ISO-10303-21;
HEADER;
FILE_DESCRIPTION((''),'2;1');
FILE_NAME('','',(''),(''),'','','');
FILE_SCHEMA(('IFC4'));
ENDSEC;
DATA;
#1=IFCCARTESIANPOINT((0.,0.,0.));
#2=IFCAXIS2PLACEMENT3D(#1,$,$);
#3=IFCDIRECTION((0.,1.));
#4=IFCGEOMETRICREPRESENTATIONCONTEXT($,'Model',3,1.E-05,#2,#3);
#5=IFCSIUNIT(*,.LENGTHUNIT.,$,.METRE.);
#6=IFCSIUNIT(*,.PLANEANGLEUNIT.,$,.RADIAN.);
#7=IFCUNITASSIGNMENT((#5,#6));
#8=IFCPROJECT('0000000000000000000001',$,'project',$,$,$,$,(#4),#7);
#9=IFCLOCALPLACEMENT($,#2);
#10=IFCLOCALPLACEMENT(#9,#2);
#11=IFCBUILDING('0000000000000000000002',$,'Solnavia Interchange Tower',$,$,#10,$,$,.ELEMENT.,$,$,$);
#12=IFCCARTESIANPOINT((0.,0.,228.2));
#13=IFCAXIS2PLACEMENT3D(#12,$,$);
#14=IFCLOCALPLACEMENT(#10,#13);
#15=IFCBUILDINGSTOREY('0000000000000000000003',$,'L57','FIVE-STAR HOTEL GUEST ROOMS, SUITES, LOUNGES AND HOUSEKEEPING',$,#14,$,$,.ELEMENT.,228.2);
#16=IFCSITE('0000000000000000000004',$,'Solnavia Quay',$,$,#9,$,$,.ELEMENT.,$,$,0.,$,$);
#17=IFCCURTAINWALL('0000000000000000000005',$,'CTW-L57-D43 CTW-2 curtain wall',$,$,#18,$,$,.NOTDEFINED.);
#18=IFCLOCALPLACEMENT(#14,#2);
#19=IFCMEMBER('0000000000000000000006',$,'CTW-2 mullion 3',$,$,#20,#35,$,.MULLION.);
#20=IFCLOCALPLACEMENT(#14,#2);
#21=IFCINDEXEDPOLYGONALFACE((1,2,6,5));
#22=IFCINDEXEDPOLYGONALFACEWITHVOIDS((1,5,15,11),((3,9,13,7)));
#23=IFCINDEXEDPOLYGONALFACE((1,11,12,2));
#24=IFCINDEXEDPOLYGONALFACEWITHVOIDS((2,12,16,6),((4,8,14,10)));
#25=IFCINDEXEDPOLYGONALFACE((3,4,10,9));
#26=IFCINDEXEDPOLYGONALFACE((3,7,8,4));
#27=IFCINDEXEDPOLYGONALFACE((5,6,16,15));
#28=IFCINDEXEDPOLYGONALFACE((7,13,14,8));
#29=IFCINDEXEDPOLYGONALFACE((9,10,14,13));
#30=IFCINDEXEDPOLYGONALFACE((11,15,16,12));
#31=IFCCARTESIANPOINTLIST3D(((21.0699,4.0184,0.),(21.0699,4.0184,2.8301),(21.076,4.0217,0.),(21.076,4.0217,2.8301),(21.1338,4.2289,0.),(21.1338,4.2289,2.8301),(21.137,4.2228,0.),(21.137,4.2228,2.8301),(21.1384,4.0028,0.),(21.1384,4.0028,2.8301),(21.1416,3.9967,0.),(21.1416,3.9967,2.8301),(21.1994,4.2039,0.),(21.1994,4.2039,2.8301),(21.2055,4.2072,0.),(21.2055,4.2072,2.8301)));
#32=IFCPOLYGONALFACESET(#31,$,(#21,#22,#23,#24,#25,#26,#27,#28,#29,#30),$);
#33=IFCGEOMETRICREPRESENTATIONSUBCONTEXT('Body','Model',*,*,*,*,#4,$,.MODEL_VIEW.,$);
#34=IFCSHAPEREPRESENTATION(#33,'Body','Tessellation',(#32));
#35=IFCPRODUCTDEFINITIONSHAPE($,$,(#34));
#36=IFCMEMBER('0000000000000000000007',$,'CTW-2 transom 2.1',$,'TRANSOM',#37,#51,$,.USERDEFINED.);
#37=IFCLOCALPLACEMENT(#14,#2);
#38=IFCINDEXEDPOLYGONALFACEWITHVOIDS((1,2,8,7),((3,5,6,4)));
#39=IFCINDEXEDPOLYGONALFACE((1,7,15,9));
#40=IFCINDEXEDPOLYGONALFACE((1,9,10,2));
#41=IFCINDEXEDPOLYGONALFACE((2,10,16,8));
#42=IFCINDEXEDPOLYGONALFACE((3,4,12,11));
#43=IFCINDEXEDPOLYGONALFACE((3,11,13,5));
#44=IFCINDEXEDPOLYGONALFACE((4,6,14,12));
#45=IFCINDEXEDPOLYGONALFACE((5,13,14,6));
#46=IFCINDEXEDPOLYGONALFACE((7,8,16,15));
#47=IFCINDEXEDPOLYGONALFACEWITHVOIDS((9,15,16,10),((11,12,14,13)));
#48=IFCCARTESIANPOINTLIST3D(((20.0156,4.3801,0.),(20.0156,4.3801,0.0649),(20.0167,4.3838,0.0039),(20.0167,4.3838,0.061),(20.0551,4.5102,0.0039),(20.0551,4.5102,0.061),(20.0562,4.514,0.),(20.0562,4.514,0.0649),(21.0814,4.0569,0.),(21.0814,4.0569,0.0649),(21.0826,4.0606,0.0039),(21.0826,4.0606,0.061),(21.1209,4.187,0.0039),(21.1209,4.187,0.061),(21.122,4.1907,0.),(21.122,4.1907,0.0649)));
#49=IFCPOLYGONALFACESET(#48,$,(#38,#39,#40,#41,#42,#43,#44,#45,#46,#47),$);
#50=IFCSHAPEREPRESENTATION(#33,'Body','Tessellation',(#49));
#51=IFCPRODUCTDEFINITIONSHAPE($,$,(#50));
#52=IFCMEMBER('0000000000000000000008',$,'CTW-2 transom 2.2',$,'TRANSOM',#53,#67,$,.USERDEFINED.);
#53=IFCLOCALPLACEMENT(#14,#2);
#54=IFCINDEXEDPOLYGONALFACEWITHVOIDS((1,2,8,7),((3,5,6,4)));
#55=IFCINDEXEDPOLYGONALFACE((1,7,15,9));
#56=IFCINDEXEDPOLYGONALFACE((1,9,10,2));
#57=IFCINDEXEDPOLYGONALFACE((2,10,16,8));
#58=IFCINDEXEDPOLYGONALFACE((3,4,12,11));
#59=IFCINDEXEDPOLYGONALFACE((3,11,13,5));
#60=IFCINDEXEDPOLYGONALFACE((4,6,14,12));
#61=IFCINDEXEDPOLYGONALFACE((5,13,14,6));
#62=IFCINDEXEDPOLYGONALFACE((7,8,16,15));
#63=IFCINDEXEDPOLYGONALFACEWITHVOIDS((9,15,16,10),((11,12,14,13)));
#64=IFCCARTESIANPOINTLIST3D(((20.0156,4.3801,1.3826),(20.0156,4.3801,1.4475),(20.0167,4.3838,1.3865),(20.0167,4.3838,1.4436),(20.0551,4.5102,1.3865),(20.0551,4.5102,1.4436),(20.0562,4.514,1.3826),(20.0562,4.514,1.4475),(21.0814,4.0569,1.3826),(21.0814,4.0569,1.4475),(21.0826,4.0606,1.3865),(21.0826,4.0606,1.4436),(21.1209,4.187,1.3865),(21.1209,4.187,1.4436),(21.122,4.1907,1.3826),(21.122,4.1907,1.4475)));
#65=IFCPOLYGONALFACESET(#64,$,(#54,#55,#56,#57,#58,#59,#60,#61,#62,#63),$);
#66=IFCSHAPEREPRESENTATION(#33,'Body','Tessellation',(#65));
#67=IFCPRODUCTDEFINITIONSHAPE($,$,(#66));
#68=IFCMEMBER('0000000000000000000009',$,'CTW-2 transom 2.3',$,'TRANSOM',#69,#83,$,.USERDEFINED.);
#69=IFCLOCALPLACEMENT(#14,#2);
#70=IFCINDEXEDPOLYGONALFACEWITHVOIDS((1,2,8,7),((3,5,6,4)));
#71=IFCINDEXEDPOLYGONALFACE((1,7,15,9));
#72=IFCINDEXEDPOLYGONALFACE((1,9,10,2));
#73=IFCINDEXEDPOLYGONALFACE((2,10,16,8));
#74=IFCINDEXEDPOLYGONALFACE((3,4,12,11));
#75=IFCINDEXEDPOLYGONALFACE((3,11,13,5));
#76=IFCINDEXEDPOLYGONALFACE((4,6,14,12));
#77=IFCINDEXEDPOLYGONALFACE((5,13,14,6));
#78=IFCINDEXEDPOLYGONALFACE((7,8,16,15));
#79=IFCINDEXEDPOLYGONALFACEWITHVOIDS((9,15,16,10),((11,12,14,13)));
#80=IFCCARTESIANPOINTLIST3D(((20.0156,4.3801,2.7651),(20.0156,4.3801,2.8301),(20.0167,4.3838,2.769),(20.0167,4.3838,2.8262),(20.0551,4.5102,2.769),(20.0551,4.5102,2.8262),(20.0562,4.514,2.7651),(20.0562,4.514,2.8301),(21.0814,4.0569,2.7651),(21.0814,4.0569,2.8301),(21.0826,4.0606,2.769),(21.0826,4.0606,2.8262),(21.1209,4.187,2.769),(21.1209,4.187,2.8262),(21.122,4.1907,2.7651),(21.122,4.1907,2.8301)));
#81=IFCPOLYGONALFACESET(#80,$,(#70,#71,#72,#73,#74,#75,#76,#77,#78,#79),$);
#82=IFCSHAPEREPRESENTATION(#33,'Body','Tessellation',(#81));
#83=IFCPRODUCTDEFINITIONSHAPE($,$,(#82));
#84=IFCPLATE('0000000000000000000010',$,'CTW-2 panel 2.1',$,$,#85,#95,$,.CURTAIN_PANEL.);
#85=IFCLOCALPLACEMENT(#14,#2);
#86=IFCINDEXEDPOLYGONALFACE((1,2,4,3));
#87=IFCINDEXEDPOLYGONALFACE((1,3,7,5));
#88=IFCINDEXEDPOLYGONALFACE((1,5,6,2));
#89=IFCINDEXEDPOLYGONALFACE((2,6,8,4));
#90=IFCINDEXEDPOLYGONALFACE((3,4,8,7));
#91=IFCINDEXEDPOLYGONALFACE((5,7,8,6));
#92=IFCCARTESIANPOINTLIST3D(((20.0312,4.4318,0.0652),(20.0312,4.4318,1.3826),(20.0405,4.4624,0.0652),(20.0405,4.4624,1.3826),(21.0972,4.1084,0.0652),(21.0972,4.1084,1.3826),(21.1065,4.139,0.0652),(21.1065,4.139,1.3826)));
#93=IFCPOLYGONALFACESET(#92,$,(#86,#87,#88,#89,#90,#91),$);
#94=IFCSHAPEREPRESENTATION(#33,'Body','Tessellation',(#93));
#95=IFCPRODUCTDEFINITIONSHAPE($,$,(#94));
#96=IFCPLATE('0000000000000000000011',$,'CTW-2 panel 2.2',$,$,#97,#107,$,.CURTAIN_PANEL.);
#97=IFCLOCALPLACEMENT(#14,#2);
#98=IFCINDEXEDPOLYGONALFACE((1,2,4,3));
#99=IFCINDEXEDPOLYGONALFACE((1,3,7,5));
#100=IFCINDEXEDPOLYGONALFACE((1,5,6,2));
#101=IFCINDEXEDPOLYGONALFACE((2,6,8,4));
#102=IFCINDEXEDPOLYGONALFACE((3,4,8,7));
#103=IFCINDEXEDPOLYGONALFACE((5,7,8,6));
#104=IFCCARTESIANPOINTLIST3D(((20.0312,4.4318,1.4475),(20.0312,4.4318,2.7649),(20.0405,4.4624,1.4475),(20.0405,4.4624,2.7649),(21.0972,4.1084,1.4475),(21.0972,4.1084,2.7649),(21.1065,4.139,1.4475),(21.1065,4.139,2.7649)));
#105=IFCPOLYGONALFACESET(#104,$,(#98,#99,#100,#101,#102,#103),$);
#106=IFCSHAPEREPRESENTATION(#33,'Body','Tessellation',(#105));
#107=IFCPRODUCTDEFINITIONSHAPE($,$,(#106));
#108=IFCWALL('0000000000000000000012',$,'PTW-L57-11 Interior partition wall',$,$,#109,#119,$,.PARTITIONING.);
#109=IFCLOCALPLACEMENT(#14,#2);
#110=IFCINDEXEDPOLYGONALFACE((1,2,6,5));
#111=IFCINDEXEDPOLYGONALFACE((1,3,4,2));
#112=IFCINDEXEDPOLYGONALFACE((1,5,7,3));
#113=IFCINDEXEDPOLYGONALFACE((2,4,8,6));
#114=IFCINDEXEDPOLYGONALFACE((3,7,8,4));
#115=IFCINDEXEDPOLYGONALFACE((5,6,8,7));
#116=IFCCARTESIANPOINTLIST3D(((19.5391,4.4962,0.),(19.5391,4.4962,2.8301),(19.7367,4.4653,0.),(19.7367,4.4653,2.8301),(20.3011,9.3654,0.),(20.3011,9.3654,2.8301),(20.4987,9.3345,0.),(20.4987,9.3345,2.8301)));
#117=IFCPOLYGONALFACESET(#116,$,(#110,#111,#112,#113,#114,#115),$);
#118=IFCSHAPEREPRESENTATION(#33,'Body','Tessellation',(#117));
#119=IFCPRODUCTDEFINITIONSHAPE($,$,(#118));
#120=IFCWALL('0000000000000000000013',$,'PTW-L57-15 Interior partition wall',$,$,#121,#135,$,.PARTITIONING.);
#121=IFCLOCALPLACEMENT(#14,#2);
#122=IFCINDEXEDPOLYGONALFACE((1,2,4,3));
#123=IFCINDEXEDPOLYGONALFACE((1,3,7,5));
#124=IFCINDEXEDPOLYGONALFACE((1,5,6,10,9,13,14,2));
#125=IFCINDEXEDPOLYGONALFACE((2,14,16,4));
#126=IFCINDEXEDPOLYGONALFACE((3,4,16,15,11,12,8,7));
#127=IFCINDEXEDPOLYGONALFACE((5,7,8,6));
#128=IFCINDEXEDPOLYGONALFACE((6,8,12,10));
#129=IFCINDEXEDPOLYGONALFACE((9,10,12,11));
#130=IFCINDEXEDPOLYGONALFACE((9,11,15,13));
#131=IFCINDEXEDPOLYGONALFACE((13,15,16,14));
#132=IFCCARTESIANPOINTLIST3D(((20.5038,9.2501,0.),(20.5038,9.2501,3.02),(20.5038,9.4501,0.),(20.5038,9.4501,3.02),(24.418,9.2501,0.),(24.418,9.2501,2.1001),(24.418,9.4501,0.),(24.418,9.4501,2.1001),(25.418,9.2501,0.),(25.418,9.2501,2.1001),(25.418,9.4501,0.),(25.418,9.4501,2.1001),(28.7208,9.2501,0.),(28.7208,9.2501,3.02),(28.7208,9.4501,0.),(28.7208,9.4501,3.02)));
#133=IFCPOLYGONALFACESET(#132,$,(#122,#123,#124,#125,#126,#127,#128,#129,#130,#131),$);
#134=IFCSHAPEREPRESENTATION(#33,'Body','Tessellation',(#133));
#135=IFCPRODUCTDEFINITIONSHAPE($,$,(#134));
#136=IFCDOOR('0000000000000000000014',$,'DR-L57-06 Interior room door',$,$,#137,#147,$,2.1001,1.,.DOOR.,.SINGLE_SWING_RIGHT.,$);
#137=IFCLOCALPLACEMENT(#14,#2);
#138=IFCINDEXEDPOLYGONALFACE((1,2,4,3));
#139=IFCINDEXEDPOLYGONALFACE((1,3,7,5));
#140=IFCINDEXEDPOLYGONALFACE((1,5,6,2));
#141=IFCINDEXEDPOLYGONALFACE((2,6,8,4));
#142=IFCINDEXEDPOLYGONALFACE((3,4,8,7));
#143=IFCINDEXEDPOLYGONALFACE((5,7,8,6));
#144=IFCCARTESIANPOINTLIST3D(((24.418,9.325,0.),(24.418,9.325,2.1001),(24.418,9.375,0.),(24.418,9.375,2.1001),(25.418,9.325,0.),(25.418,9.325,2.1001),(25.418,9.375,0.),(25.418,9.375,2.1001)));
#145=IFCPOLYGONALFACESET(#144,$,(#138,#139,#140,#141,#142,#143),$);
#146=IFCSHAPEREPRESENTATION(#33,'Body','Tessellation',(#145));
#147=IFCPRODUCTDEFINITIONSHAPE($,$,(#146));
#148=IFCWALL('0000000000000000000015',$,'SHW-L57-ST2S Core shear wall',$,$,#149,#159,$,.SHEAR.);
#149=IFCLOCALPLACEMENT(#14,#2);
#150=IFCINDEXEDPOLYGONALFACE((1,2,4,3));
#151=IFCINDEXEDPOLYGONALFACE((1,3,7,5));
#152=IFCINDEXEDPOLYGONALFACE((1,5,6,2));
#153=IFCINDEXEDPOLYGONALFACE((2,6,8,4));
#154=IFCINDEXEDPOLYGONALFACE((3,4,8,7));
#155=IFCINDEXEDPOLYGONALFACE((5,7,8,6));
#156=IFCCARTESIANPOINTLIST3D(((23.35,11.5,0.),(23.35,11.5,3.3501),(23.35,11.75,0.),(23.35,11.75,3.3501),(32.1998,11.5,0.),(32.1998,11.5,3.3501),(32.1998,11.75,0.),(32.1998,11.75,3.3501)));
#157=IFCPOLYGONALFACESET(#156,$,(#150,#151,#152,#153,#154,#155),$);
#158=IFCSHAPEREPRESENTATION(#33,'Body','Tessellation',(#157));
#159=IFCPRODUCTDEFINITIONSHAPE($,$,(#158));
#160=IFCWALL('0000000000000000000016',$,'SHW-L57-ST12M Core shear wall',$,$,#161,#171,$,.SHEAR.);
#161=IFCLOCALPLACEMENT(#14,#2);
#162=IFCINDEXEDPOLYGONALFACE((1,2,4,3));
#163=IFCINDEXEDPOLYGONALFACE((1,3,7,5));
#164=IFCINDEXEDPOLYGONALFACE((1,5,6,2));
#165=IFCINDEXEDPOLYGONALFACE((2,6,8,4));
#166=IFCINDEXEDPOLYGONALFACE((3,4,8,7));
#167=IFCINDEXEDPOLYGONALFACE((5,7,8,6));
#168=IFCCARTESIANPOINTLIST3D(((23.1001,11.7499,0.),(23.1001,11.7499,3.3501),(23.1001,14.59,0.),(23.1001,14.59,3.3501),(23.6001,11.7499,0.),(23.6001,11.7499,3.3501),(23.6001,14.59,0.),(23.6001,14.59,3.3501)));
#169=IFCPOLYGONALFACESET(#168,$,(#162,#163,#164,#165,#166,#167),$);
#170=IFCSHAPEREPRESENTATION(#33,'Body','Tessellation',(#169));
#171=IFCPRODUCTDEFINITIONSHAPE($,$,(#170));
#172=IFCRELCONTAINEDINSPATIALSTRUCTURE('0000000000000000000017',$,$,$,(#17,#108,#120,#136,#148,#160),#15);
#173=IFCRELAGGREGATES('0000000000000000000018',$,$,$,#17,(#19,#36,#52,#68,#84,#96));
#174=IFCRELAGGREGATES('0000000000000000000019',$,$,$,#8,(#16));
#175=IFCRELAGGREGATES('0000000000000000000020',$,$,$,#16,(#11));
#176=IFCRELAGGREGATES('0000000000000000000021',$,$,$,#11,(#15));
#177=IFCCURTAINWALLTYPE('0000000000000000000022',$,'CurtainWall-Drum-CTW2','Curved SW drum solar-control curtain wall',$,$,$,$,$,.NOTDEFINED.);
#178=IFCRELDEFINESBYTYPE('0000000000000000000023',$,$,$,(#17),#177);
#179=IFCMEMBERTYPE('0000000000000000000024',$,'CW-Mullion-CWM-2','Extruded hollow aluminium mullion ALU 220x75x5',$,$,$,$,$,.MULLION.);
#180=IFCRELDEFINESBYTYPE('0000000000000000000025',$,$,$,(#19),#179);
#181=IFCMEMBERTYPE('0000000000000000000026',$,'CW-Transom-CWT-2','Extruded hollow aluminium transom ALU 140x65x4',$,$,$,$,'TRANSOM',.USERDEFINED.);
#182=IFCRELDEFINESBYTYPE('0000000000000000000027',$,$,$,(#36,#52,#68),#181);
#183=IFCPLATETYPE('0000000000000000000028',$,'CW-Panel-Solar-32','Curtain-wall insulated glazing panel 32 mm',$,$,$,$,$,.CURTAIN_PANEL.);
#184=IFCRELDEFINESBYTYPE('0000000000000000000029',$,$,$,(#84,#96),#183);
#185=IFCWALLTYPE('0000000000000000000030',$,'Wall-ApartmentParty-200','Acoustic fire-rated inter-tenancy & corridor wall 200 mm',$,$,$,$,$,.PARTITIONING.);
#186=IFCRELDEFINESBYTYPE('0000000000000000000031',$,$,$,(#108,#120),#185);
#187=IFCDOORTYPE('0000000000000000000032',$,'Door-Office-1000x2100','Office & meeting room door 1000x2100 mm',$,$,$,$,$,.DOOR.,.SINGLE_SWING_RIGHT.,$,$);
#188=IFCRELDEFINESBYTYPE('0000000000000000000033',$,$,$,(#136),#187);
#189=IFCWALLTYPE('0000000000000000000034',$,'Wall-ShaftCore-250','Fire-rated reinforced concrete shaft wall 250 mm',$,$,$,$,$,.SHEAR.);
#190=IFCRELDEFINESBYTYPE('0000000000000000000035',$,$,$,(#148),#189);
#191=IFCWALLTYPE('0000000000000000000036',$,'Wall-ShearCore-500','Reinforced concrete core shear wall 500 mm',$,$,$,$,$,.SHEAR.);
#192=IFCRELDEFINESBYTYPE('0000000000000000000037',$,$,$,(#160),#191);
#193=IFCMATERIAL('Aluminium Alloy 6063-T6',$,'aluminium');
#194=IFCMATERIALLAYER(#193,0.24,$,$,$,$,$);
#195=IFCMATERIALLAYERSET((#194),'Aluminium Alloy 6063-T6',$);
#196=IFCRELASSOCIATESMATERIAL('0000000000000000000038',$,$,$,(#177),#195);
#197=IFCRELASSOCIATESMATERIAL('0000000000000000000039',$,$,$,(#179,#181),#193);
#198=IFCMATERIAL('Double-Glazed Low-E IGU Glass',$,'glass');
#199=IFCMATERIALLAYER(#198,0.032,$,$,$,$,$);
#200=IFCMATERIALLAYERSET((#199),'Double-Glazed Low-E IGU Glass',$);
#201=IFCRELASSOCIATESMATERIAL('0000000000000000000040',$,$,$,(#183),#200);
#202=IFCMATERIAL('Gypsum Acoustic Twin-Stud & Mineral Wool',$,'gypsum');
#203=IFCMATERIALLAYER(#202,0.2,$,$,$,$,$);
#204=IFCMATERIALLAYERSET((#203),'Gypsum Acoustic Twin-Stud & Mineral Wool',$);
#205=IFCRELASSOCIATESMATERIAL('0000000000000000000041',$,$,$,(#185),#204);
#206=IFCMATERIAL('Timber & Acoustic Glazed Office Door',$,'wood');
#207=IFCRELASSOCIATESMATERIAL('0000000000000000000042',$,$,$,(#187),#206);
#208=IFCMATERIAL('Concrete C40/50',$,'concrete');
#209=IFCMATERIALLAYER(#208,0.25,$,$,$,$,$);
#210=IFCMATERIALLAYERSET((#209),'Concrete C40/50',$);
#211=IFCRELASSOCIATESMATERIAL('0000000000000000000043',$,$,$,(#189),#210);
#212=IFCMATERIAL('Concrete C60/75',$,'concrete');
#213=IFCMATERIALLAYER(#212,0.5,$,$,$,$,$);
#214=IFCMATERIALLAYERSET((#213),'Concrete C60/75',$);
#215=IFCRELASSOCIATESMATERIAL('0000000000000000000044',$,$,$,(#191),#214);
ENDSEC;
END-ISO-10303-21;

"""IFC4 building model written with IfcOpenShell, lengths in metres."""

from ifc_helpers import new_model, si_unit, direction, frame, frame_2d, origin, origin_2d, place, context, subcontext, project, spatial, rectangle, hollow_rectangle, extrude, material, layer, layer_set, material_profile, profile_set, type_object, element, fill, aggregate, save


model = new_model("IFC4")

# Units and contexts
model_context = context("Model", 3, precision=1e-05, world=origin(), true_north=direction((0.0, 1.0)))
body_context = subcontext(model_context, "Body", "Model", "MODEL_VIEW")
ifc_project = project(units=[si_unit("LENGTHUNIT", "METRE"), si_unit("PLANEANGLEUNIT", "RADIAN")], contexts=[model_context])

# Site, building, storey
site_placement = place(None, origin())
site = spatial("IfcSite", under=ifc_project, at=site_placement, Name="Solnavia Quay", CompositionType="ELEMENT", RefElevation=0.0)
building_placement = place(site_placement, origin())
building = spatial("IfcBuilding", under=site, at=building_placement, Name="Solnavia Interchange Tower", CompositionType="ELEMENT")
storey_placement = place(building_placement, frame((0.0, 0.0, 228.2)))
storey = spatial("IfcBuildingStorey", under=building, at=storey_placement, Name="L57", Description="FIVE-STAR HOTEL GUEST ROOMS, SUITES, LOUNGES AND HOUSEKEEPING", CompositionType="ELEMENT", Elevation=228.2)

# Curtain wall, members, plates
ifc_material_1 = material(Name="Aluminium Alloy 6063-T6", Category="aluminium")
ifc_layer_1 = layer(ifc_material_1, 0.24)
ifc_layer_set_1 = layer_set([ifc_layer_1], Name="Aluminium Alloy 6063-T6")
curtain_wall_type = type_object("IfcCurtainWallType", Name="CurtainWall-Drum-CTW2", Description="Curved SW drum solar-control curtain wall", PredefinedType="NOTDEFINED", material=ifc_layer_set_1)
curtain_wall_placement = place(storey_placement, origin())
curtain_wall = element("IfcCurtainWall", 1, at=curtain_wall_placement, inside=storey, type_object=curtain_wall_type, Name="CTW-L57-D43 CTW-2 curtain wall", PredefinedType="NOTDEFINED")
ifc_material_profile_1 = material_profile(ifc_material_1, hollow_rectangle(XDim=0.075, YDim=0.22, WallThickness=0.0049, at=origin_2d()), Name="ALU 220x75x5")
ifc_profile_set_1 = profile_set([ifc_material_profile_1], Name="Aluminium Alloy 6063-T6")
member_type_1 = type_object("IfcMemberType", Name="CW-Mullion-CWM-2", Description="Extruded hollow aluminium mullion ALU 220x75x5", PredefinedType="MULLION", material=ifc_profile_set_1)
member_1_placement = place(storey_placement, frame((21.1377, 4.1128, 0.0), z_axis=(0.0, 0.0, 1.0), x_axis=(0.956942, -0.290279, 0.0)))
member_1 = element("IfcMember", 2, at=member_1_placement, type_object=member_type_1, Name="CTW-2 mullion 3", PredefinedType="MULLION", context=body_context, shape_type="SweptSolid", body=[
    extrude(hollow_rectangle(XDim=0.075, YDim=0.22, WallThickness=0.0049, at=origin_2d()), origin(), (0.0, 0.0, 1.0), 2.8301),
])
ifc_material_profile_2 = material_profile(ifc_material_1, hollow_rectangle(XDim=0.0649, YDim=0.1399, WallThickness=0.0039, at=origin_2d()), Name="ALU 140x65x4")
ifc_profile_set_2 = profile_set([ifc_material_profile_2], Name="Aluminium Alloy 6063-T6")
member_type_2 = type_object("IfcMemberType", Name="CW-Transom-CWT-2", Description="Extruded hollow aluminium transom ALU 140x65x4", ElementType="TRANSOM", PredefinedType="USERDEFINED", material=ifc_profile_set_2)
member_2_placement = place(storey_placement, frame((20.0359, 4.447, 0.0325), z_axis=(0.956965, -0.290202, 0.0), x_axis=(0.0, 0.0, 1.0)))
member_2 = element("IfcMember", 3, at=member_2_placement, type_object=member_type_2, Name="CTW-2 transom 2.1", ObjectType="TRANSOM", PredefinedType="USERDEFINED", context=body_context, shape_type="SweptSolid", body=[
    extrude(hollow_rectangle(XDim=0.0649, YDim=0.1399, WallThickness=0.0039, at=origin_2d()), origin(), (0.0, 0.0, 1.0), 1.1138),
])
member_3_placement = place(storey_placement, frame((20.0359, 4.447, 1.415), z_axis=(0.956965, -0.290202, 0.0), x_axis=(0.0, 0.0, 1.0)))
member_3 = element("IfcMember", 4, at=member_3_placement, type_object=member_type_2, Name="CTW-2 transom 2.2", ObjectType="TRANSOM", PredefinedType="USERDEFINED", context=body_context, shape_type="SweptSolid", body=[
    extrude(hollow_rectangle(XDim=0.0649, YDim=0.1399, WallThickness=0.0039, at=origin_2d()), origin(), (0.0, 0.0, 1.0), 1.1138),
])
member_4_placement = place(storey_placement, frame((20.0359, 4.447, 2.7976), z_axis=(0.956965, -0.290202, 0.0), x_axis=(0.0, 0.0, 1.0)))
member_4 = element("IfcMember", 5, at=member_4_placement, type_object=member_type_2, Name="CTW-2 transom 2.3", ObjectType="TRANSOM", PredefinedType="USERDEFINED", context=body_context, shape_type="SweptSolid", body=[
    extrude(hollow_rectangle(XDim=0.0649, YDim=0.1399, WallThickness=0.0039, at=origin_2d()), origin(), (0.0, 0.0, 1.0), 1.1138),
])
ifc_material_2 = material(Name="Double-Glazed Low-E IGU Glass", Category="glass")
ifc_layer_2 = layer(ifc_material_2, 0.032)
ifc_layer_set_2 = layer_set([ifc_layer_2], Name="Double-Glazed Low-E IGU Glass")
plate_type = type_object("IfcPlateType", Name="CW-Panel-Solar-32", Description="Curtain-wall insulated glazing panel 32 mm", PredefinedType="CURTAIN_PANEL", material=ifc_layer_set_2)
plate_1_placement = place(storey_placement, frame((20.5688, 4.2854, 0.0652), z_axis=(0.0, 0.0, 1.0), x_axis=(0.956942, -0.290279, 0.0)))
plate_1 = element("IfcPlate", 6, at=plate_1_placement, type_object=plate_type, Name="CTW-2 panel 2.1", PredefinedType="CURTAIN_PANEL", context=body_context, shape_type="SweptSolid", body=[
    extrude(rectangle(XDim=1.114, YDim=0.032, at=origin_2d()), origin(), (0.0, 0.0, 1.0), 1.3174),
])
plate_2_placement = place(storey_placement, frame((20.5688, 4.2854, 1.4475), z_axis=(0.0, 0.0, 1.0), x_axis=(0.956942, -0.290279, 0.0)))
plate_2 = element("IfcPlate", 7, at=plate_2_placement, type_object=plate_type, Name="CTW-2 panel 2.2", PredefinedType="CURTAIN_PANEL", context=body_context, shape_type="SweptSolid", body=[
    extrude(rectangle(XDim=1.114, YDim=0.032, at=origin_2d()), origin(), (0.0, 0.0, 1.0), 1.3174),
])
aggregate(curtain_wall, [member_1, member_2, member_3, member_4, plate_1, plate_2])

# Wall
ifc_material_3 = material(Name="Gypsum Acoustic Twin-Stud & Mineral Wool", Category="gypsum")
ifc_layer_3 = layer(ifc_material_3, 0.2)
ifc_layer_set_3 = layer_set([ifc_layer_3], Name="Gypsum Acoustic Twin-Stud & Mineral Wool")
wall_type_1 = type_object("IfcWallType", Name="Wall-ApartmentParty-200", Description="Acoustic fire-rated inter-tenancy & corridor wall 200 mm", PredefinedType="PARTITIONING", material=ifc_layer_set_3)
wall_1_placement = place(storey_placement, frame((20.3999, 9.3501, 0.0), z_axis=(0.0, 0.0, 1.0), x_axis=(-0.154607, -0.987976, 0.0)))
element("IfcWall", 8, at=wall_1_placement, inside=storey, type_object=wall_type_1, Name="PTW-L57-11 Interior partition wall", PredefinedType="PARTITIONING", context=body_context, shape_type="SweptSolid", body=[
    extrude(rectangle(XDim=4.9285, YDim=0.2, at=frame_2d((2.4644, 0.0))), origin(), (0.0, 0.0, 1.0), 2.8301),
])

# Wall, opening, door
wall_2_placement = place(storey_placement, frame((20.5039, 9.3501, 0.0), z_axis=(0.0, 0.0, 1.0), x_axis=(1.0, 0.0, 0.0)))
wall_2 = element("IfcWall", 9, at=wall_2_placement, inside=storey, type_object=wall_type_1, Name="PTW-L57-15 Interior partition wall", PredefinedType="PARTITIONING", context=body_context, shape_type="SweptSolid", body=[
    extrude(rectangle(XDim=8.217, YDim=0.2, at=frame_2d((4.1084, 0.0))), origin(), (0.0, 0.0, 1.0), 3.02),
])
opening_placement = place(wall_2_placement, frame((3.9141, 0.0, 0.0)))
opening = element("IfcOpeningElement", 10, at=opening_placement, cuts=wall_2, PredefinedType="OPENING", context=body_context, shape_type="SweptSolid", body=[
    extrude(rectangle(XDim=1.0, YDim=2.1001, at=frame_2d((0.5, 1.05))), frame((0.0, 0.1099, 0.0), z_axis=(0.0, -1.0, 0.0), x_axis=(1.0, 0.0, 0.0)), (0.0, 0.0, 1.0), 0.22),
])
ifc_material_4 = material(Name="Timber & Acoustic Glazed Office Door", Category="wood")
door_type = type_object("IfcDoorType", Name="Door-Office-1000x2100", Description="Office & meeting room door 1000x2100 mm", OperationType="SINGLE_SWING_RIGHT", PredefinedType="DOOR", material=ifc_material_4)
door_placement = place(opening_placement, origin())
door = element("IfcDoor", 11, at=door_placement, inside=storey, type_object=door_type, Name="DR-L57-06 Interior room door", OperationType="SINGLE_SWING_RIGHT", OverallHeight=2.1001, OverallWidth=1.0, PredefinedType="DOOR", context=body_context, shape_type="SweptSolid", body=[
    extrude(rectangle(XDim=1.0, YDim=2.1001, at=frame_2d((0.5, 1.05))), frame((0.0, 0.0249, 0.0), z_axis=(0.0, -1.0, 0.0), x_axis=(1.0, 0.0, 0.0)), (0.0, 0.0, 1.0), 0.05),
])
fill(opening, door)

# Walls
ifc_material_5 = material(Name="Concrete C40/50", Category="concrete")
ifc_layer_4 = layer(ifc_material_5, 0.25)
ifc_layer_set_4 = layer_set([ifc_layer_4], Name="Concrete C40/50")
wall_type_2 = type_object("IfcWallType", Name="Wall-ShaftCore-250", Description="Fire-rated reinforced concrete shaft wall 250 mm", PredefinedType="SHEAR", material=ifc_layer_set_4)
wall_3_placement = place(storey_placement, frame((23.3501, 11.625, 0.0), z_axis=(0.0, 0.0, 1.0), x_axis=(1.0, 0.0, 0.0)))
element("IfcWall", 12, at=wall_3_placement, inside=storey, type_object=wall_type_2, Name="SHW-L57-ST2S Core shear wall", PredefinedType="SHEAR", context=body_context, shape_type="SweptSolid", body=[
    extrude(rectangle(XDim=8.8499, YDim=0.25, at=frame_2d((4.4248, 0.0))), origin(), (0.0, 0.0, 1.0), 3.3501),
])
ifc_material_6 = material(Name="Concrete C60/75", Category="concrete")
ifc_layer_5 = layer(ifc_material_6, 0.5)
ifc_layer_set_5 = layer_set([ifc_layer_5], Name="Concrete C60/75")
wall_type_3 = type_object("IfcWallType", Name="Wall-ShearCore-500", Description="Reinforced concrete core shear wall 500 mm", PredefinedType="SHEAR", material=ifc_layer_set_5)
wall_4_placement = place(storey_placement, frame((23.3501, 11.75, 0.0), z_axis=(0.0, 0.0, 1.0), x_axis=(0.0, 1.0, 0.0)))
element("IfcWall", 13, at=wall_4_placement, inside=storey, type_object=wall_type_3, Name="SHW-L57-ST12M Core shear wall", PredefinedType="SHEAR", context=body_context, shape_type="SweptSolid", body=[
    extrude(rectangle(XDim=2.8401, YDim=0.5, at=frame_2d((1.4199, 0.0))), origin(), (0.0, 0.0, 1.0), 3.3501),
])

save(model, "model.ifc")
